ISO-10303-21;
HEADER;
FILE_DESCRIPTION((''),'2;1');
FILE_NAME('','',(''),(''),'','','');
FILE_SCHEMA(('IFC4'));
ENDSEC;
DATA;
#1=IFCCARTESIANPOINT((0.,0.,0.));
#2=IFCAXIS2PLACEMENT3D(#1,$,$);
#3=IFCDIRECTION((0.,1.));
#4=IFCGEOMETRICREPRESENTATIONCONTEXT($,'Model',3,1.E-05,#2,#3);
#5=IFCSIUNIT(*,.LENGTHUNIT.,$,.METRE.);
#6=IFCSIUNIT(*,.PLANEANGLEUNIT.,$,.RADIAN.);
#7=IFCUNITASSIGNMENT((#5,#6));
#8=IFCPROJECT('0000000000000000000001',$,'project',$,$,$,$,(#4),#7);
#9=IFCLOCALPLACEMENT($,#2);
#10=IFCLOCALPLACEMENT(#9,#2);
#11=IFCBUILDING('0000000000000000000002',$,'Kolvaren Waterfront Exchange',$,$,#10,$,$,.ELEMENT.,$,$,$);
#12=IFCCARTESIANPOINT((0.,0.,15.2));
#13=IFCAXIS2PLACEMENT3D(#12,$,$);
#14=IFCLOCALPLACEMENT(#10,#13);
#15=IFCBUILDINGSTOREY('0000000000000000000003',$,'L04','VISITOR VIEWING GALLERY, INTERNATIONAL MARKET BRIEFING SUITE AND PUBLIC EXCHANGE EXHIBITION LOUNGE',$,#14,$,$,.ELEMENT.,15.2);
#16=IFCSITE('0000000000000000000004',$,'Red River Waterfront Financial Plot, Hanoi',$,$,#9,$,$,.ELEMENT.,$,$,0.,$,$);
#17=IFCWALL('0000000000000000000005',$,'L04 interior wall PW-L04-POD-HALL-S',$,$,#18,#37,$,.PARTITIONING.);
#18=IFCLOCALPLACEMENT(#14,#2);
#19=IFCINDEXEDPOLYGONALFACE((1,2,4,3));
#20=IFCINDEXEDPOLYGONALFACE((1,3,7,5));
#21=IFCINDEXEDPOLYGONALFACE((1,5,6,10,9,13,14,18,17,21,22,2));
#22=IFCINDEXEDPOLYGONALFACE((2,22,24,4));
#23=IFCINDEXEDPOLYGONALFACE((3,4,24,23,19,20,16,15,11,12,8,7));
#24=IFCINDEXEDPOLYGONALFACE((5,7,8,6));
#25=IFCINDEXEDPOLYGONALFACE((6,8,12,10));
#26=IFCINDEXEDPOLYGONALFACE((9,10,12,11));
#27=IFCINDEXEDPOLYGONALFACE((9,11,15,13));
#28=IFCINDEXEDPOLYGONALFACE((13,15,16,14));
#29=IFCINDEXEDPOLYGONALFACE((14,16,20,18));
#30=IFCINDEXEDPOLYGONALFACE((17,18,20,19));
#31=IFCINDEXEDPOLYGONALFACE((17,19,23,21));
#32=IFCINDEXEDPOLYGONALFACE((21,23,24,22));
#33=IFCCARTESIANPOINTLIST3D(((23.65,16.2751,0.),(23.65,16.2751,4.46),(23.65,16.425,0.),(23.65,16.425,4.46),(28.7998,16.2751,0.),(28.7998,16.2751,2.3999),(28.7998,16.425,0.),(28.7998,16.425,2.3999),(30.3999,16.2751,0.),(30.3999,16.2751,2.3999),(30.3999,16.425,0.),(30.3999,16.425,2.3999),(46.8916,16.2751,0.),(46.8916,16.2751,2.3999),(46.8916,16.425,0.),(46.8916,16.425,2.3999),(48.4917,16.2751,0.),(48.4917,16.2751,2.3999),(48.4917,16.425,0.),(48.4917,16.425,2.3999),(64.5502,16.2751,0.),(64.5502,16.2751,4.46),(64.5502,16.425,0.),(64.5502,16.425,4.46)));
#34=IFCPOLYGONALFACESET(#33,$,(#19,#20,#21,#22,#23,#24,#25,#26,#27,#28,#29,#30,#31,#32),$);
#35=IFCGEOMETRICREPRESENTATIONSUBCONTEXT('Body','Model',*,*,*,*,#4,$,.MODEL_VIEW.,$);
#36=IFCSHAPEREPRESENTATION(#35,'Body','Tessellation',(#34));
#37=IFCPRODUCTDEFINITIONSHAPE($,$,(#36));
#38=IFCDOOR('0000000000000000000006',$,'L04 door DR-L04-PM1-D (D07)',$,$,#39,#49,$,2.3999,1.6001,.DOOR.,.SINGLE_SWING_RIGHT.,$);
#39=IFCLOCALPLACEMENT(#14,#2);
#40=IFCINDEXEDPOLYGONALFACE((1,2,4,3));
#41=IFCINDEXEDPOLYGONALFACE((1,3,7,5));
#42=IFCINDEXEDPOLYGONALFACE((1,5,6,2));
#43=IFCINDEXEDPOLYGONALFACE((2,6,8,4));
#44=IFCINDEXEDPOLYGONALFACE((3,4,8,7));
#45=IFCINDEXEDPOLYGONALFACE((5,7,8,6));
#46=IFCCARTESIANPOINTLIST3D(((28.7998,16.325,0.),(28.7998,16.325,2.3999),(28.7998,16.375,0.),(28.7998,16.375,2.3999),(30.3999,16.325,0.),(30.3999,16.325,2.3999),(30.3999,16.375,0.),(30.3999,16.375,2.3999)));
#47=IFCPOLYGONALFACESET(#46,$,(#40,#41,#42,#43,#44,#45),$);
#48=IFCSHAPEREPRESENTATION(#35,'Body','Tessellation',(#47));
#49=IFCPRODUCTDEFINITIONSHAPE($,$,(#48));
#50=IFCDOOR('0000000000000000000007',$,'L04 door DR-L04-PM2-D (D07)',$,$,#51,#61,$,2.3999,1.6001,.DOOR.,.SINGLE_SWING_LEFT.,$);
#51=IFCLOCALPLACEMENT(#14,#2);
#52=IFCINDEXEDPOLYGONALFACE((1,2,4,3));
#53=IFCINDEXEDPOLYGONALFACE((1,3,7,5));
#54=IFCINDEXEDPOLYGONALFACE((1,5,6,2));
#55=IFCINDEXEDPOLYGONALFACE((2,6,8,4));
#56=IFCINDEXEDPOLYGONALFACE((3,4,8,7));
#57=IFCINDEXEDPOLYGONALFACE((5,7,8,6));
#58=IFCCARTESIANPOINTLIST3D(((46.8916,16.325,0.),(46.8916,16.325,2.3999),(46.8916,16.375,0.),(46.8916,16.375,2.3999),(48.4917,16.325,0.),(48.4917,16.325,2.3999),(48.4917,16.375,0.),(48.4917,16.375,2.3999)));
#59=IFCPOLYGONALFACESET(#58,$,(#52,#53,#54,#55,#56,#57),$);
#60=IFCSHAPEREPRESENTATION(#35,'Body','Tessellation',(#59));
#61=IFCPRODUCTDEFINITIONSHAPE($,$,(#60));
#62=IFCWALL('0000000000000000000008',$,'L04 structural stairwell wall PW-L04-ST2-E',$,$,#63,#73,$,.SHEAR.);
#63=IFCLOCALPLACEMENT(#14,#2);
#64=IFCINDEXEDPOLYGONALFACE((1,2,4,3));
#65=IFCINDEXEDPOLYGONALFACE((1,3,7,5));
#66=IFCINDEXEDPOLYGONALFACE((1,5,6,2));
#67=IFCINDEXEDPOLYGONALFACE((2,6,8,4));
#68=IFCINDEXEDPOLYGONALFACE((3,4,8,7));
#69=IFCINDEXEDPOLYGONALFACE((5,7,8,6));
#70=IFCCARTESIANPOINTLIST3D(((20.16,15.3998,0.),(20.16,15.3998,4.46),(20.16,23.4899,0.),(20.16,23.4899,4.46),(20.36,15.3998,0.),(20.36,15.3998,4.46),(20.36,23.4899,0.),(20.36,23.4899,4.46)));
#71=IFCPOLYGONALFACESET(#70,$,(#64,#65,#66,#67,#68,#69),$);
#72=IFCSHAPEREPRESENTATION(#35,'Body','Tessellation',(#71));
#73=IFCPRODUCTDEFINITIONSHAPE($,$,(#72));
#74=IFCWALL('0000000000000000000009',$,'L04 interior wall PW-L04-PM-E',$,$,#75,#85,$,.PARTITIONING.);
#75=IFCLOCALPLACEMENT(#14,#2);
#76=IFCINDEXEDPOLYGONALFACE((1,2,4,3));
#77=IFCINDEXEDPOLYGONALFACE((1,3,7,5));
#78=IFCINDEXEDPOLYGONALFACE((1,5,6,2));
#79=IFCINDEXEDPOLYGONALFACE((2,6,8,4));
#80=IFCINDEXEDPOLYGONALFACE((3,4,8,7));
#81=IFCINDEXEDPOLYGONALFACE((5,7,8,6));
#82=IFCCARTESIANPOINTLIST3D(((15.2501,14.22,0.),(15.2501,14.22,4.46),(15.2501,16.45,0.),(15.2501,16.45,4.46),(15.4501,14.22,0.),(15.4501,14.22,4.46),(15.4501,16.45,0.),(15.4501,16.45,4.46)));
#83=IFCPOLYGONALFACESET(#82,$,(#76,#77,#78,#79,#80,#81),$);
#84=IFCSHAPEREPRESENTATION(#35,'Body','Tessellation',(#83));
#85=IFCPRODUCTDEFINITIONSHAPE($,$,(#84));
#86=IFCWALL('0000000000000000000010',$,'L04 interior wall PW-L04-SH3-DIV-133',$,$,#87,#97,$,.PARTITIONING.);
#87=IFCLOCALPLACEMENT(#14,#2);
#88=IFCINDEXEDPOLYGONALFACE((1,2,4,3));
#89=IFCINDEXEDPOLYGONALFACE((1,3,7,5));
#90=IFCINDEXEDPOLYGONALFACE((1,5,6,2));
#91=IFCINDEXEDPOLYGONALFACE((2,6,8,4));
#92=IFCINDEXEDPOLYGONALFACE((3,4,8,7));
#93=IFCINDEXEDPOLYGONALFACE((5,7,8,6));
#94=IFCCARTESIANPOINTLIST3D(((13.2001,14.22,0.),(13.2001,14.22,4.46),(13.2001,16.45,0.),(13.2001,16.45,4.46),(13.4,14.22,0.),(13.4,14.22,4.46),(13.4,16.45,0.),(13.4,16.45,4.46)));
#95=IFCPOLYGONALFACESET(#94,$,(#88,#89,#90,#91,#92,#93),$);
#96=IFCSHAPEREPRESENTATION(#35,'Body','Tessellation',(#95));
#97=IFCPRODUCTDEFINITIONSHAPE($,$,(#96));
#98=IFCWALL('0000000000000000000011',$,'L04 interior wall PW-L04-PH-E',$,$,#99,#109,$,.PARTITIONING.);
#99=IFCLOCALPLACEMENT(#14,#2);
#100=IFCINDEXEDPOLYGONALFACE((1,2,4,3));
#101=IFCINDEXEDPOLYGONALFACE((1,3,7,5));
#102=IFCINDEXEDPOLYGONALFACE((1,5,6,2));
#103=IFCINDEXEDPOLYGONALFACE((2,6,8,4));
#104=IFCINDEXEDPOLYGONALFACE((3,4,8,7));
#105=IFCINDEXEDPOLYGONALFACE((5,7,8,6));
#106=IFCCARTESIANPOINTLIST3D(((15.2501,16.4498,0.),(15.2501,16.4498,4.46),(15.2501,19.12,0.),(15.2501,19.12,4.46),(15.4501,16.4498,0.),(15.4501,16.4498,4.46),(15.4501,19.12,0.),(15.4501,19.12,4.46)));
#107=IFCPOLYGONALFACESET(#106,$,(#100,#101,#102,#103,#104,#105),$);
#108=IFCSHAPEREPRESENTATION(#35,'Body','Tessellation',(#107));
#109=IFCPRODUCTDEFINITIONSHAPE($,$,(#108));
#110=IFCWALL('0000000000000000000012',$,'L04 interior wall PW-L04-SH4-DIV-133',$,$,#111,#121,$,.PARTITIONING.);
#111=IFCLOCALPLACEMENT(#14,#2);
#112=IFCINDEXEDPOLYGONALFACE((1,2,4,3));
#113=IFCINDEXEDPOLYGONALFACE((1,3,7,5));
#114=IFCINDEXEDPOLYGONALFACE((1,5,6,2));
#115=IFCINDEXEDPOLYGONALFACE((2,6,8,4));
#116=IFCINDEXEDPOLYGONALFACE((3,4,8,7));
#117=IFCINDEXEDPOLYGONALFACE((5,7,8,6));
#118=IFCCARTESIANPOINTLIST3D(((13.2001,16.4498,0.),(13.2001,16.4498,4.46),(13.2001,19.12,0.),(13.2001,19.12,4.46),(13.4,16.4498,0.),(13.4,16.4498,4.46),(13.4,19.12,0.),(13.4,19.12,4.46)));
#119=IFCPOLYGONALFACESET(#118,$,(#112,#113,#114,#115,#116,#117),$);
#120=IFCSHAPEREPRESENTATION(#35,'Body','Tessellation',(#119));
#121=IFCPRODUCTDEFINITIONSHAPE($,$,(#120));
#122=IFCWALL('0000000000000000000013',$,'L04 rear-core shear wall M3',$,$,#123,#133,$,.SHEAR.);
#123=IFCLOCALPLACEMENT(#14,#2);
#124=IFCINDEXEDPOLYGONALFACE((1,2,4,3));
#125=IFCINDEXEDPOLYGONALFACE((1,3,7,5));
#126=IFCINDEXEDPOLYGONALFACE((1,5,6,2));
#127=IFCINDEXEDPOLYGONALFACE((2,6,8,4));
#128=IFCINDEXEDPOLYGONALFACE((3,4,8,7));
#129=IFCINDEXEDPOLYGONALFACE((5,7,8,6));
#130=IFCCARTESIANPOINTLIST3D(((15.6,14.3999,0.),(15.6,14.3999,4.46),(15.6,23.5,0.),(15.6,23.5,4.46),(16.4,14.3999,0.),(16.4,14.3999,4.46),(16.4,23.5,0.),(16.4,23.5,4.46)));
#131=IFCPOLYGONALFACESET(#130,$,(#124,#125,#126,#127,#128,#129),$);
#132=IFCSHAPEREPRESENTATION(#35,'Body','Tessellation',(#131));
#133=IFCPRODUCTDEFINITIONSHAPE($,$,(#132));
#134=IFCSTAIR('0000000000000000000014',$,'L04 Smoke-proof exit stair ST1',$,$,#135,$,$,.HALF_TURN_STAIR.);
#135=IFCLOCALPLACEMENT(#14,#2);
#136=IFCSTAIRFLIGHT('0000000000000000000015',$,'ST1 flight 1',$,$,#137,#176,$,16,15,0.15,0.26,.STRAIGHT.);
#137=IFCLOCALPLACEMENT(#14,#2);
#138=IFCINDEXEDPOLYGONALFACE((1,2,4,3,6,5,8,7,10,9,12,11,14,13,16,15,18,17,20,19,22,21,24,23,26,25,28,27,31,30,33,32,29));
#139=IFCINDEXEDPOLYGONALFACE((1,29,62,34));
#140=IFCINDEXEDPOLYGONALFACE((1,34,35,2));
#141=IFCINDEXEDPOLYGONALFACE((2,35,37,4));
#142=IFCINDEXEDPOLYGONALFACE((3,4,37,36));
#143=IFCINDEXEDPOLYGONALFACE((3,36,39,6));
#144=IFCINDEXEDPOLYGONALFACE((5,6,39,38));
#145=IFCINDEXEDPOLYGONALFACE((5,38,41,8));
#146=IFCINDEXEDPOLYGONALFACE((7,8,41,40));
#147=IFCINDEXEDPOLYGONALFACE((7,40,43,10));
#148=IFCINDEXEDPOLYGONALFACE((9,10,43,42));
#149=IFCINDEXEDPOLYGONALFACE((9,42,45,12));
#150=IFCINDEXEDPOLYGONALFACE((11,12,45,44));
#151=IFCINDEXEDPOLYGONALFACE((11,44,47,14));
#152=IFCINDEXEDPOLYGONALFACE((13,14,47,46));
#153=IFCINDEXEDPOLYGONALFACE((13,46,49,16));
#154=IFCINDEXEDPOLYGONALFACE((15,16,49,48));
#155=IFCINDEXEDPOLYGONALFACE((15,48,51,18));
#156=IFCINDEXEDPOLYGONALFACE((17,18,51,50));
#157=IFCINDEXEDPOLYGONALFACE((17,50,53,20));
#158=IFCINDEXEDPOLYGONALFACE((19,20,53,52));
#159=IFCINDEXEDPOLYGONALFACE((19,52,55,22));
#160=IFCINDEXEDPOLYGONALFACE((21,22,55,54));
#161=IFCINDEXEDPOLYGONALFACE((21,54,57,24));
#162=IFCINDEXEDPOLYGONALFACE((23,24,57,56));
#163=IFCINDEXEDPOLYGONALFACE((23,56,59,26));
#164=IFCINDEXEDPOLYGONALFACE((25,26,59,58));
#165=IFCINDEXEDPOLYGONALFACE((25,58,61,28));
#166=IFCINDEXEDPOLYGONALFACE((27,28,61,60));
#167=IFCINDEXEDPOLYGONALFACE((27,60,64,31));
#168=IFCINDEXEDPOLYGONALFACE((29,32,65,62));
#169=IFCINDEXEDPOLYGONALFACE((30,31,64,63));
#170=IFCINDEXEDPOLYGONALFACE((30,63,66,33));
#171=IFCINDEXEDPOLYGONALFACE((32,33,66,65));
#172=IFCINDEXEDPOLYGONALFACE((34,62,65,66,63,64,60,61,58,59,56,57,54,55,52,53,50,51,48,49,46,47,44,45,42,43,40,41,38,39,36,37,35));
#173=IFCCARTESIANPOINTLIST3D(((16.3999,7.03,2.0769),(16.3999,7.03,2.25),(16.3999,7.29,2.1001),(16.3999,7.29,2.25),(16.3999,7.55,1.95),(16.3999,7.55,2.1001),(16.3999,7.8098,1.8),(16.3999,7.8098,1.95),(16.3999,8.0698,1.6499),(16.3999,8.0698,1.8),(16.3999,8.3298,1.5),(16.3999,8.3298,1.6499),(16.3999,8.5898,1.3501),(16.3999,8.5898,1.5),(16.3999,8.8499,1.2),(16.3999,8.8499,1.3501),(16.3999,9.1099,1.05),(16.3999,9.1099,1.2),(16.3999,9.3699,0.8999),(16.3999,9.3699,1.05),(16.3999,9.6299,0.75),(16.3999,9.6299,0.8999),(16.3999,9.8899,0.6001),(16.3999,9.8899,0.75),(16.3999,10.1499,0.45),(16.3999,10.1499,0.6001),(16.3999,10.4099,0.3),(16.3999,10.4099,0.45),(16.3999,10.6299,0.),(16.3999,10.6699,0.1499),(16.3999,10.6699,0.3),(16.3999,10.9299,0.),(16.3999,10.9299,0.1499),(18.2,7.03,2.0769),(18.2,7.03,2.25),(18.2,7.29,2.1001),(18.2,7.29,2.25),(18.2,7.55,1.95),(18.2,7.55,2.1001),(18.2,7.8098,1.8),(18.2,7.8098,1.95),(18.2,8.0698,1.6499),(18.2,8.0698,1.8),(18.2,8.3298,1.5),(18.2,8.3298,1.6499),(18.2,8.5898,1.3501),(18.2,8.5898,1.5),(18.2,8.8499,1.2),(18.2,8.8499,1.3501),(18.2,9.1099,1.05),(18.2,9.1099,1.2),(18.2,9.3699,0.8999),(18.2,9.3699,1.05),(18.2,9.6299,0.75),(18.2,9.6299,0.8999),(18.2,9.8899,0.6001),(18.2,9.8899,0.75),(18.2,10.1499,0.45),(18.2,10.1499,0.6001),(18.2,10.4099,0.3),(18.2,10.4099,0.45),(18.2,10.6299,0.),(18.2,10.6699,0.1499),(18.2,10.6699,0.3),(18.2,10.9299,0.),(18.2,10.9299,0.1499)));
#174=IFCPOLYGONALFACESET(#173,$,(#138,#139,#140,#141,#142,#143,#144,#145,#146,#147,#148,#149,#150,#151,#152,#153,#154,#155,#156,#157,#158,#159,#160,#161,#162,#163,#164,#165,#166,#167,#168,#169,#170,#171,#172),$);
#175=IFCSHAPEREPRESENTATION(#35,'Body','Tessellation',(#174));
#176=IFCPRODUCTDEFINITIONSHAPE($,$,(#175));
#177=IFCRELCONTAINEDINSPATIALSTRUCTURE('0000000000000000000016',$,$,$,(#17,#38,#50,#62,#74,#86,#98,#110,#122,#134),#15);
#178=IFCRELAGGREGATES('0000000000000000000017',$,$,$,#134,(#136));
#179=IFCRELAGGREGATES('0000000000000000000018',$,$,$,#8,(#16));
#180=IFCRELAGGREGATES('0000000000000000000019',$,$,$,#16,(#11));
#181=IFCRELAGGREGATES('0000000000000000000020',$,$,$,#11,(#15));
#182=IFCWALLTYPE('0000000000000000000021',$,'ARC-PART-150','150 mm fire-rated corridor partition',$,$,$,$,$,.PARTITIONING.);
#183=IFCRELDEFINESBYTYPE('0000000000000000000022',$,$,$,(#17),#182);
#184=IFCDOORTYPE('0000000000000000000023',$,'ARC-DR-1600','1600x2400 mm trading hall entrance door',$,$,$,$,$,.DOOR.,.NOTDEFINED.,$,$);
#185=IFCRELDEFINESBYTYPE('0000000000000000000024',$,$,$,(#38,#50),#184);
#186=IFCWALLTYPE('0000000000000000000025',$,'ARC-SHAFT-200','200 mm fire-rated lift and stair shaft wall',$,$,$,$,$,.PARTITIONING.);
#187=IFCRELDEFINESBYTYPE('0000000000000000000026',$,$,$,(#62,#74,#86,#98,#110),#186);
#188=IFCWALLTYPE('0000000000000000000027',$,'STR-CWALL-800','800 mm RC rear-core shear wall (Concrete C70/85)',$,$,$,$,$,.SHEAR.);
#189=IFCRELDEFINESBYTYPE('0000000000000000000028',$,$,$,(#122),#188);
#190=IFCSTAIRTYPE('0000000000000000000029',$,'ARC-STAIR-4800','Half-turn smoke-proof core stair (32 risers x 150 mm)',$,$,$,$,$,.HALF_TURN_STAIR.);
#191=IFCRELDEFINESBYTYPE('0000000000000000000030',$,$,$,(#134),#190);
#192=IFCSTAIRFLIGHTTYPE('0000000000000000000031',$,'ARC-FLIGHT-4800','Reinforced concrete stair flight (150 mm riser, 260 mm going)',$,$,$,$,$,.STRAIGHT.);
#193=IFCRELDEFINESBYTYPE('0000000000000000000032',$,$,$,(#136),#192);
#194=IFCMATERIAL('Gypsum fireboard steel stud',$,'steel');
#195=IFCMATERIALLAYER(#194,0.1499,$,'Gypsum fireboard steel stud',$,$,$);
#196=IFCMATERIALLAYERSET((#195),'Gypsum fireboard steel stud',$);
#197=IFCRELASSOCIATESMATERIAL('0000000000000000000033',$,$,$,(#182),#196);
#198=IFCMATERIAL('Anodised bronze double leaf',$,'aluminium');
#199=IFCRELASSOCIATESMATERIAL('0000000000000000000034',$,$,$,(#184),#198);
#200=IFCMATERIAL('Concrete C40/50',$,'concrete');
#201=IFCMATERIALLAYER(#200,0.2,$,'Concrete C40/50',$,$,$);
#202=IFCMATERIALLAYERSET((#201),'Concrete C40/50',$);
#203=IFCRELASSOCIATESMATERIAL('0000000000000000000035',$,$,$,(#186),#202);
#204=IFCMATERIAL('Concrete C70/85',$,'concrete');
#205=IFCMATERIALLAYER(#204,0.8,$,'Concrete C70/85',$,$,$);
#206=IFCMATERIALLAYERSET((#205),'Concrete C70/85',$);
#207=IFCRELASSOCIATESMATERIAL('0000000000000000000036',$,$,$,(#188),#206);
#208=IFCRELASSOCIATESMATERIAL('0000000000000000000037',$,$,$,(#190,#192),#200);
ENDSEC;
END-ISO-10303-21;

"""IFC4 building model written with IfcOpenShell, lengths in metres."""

from ifc_helpers import new_model, si_unit, direction, frame, frame_2d, origin, place, context, subcontext, project, spatial, polyline, rectangle, outline, extrude, material, layer, layer_set, type_object, element, fill, aggregate, save


model = new_model("IFC4")

# Units and contexts
model_context = context("Model", 3, precision=1e-05, world=origin(), true_north=direction((0.0, 1.0)))
body_context = subcontext(model_context, "Body", "Model", "MODEL_VIEW")
ifc_project = project(units=[si_unit("LENGTHUNIT", "METRE"), si_unit("PLANEANGLEUNIT", "RADIAN")], contexts=[model_context])

# Site, building, storey
site_placement = place(None, origin())
site = spatial("IfcSite", under=ifc_project, at=site_placement, Name="Red River Waterfront Financial Plot, Hanoi", CompositionType="ELEMENT", RefElevation=0.0)
building_placement = place(site_placement, origin())
building = spatial("IfcBuilding", under=site, at=building_placement, Name="Kolvaren Waterfront Exchange", CompositionType="ELEMENT")
storey_placement = place(building_placement, frame((0.0, 0.0, 15.2)))
storey = spatial("IfcBuildingStorey", under=building, at=storey_placement, Name="L04", Description="VISITOR VIEWING GALLERY, INTERNATIONAL MARKET BRIEFING SUITE AND PUBLIC EXCHANGE EXHIBITION LOUNGE", CompositionType="ELEMENT", Elevation=15.2)

# Shared definitions
ifc_material_1 = material(Name="Concrete C70/85", Category="concrete")

# Wall, openings, doors
ifc_material_2 = material(Name="Gypsum fireboard steel stud", Category="steel")
ifc_layer_1 = layer(ifc_material_2, 0.1499, Name="Gypsum fireboard steel stud")
ifc_layer_set_1 = layer_set([ifc_layer_1], Name="Gypsum fireboard steel stud")
wall_type_1 = type_object("IfcWallType", Name="ARC-PART-150", Description="150 mm fire-rated corridor partition", PredefinedType="PARTITIONING", material=ifc_layer_set_1)
wall_1_placement = place(storey_placement, frame((23.6499, 16.3501, 0.0), z_axis=(0.0, 0.0, 1.0), x_axis=(1.0, 0.0, 0.0)))
wall_1 = element("IfcWall", 1, at=wall_1_placement, inside=storey, type_object=wall_type_1, Name="L04 interior wall PW-L04-POD-HALL-S", PredefinedType="PARTITIONING", context=body_context, shape_type="SweptSolid", body=[
    extrude(rectangle(XDim=40.9001, YDim=0.1499, at=frame_2d((20.4502, 0.0))), origin(), (0.0, 0.0, 1.0), 4.46),
])
opening_1_placement = place(wall_1_placement, frame((5.1499, 0.0, 0.0)))
opening_1 = element("IfcOpeningElement", 2, at=opening_1_placement, cuts=wall_1, PredefinedType="OPENING", context=body_context, shape_type="SweptSolid", body=[
    extrude(rectangle(XDim=1.6001, YDim=2.3999, at=frame_2d((0.8, 1.2))), frame((0.0, 0.085, 0.0), z_axis=(0.0, -1.0, 0.0), x_axis=(1.0, 0.0, 0.0)), (0.0, 0.0, 1.0), 0.1699),
])
opening_2_placement = place(wall_1_placement, frame((23.2417, 0.0, 0.0)))
opening_2 = element("IfcOpeningElement", 3, at=opening_2_placement, cuts=wall_1, PredefinedType="OPENING", context=body_context, shape_type="SweptSolid", body=[
    extrude(rectangle(XDim=1.6001, YDim=2.3999, at=frame_2d((0.8, 1.2))), frame((0.0, 0.085, 0.0), z_axis=(0.0, -1.0, 0.0), x_axis=(1.0, 0.0, 0.0)), (0.0, 0.0, 1.0), 0.1699),
])
ifc_material_3 = material(Name="Anodised bronze double leaf", Category="aluminium")
door_type_1 = type_object("IfcDoorType", Name="ARC-DR-1600", Description="1600x2400 mm trading hall entrance door", OperationType="NOTDEFINED", PredefinedType="DOOR", material=ifc_material_3)
door_1_placement = place(opening_1_placement, origin())
door_1 = element("IfcDoor", 4, at=door_1_placement, inside=storey, type_object=door_type_1, Name="L04 door DR-L04-PM1-D (D07)", OperationType="SINGLE_SWING_RIGHT", OverallHeight=2.3999, OverallWidth=1.6001, PredefinedType="DOOR", context=body_context, shape_type="SweptSolid", body=[
    extrude(rectangle(XDim=1.6001, YDim=2.3999, at=frame_2d((0.8, 1.2))), frame((0.0, 0.0249, 0.0), z_axis=(0.0, -1.0, 0.0), x_axis=(1.0, 0.0, 0.0)), (0.0, 0.0, 1.0), 0.05),
])
fill(opening_1, door_1)
door_2_placement = place(opening_2_placement, origin())
door_2 = element("IfcDoor", 5, at=door_2_placement, inside=storey, type_object=door_type_1, Name="L04 door DR-L04-PM2-D (D07)", OperationType="SINGLE_SWING_LEFT", OverallHeight=2.3999, OverallWidth=1.6001, PredefinedType="DOOR", context=body_context, shape_type="SweptSolid", body=[
    extrude(rectangle(XDim=1.6001, YDim=2.3999, at=frame_2d((0.8, 1.2))), frame((0.0, 0.0249, 0.0), z_axis=(0.0, -1.0, 0.0), x_axis=(1.0, 0.0, 0.0)), (0.0, 0.0, 1.0), 0.05),
])
fill(opening_2, door_2)

# Walls
ifc_material_4 = material(Name="Concrete C40/50", Category="concrete")
ifc_layer_2 = layer(ifc_material_4, 0.2, Name="Concrete C40/50")
ifc_layer_set_2 = layer_set([ifc_layer_2], Name="Concrete C40/50")
wall_type_2 = type_object("IfcWallType", Name="ARC-SHAFT-200", Description="200 mm fire-rated lift and stair shaft wall", PredefinedType="PARTITIONING", material=ifc_layer_set_2)
wall_2_placement = place(storey_placement, frame((20.26, 15.3999, 0.0), z_axis=(0.0, 0.0, 1.0), x_axis=(0.0, 1.0, 0.0)))
element("IfcWall", 6, at=wall_2_placement, inside=storey, type_object=wall_type_2, Name="L04 structural stairwell wall PW-L04-ST2-E", PredefinedType="SHEAR", context=body_context, shape_type="SweptSolid", body=[
    extrude(rectangle(XDim=8.0901, YDim=0.2, at=frame_2d((4.0449, 0.0))), origin(), (0.0, 0.0, 1.0), 4.46),
])
for number, where, z_axis, x_axis, name in (
    (7, (15.3501, 14.22, 0.0), (0.0, 0.0, 1.0), (0.0, 1.0, 0.0), "L04 interior wall PW-L04-PM-E"),
    (8, (13.3, 14.22, 0.0), (0.0, 0.0, 1.0), (0.0, 1.0, 0.0), "L04 interior wall PW-L04-SH3-DIV-133"),
):
    element("IfcWall", number, at=place(storey_placement, frame(where, z_axis=z_axis, x_axis=x_axis)), inside=storey, type_object=wall_type_2, Name=name, PredefinedType="PARTITIONING", context=body_context, shape_type="SweptSolid", body=[
        extrude(rectangle(XDim=2.23, YDim=0.2, at=frame_2d((1.115, 0.0))), origin(), (0.0, 0.0, 1.0), 4.46),
    ])
for number, where, z_axis, x_axis, name in (
    (9, (15.3501, 16.45, 0.0), (0.0, 0.0, 1.0), (0.0, 1.0, 0.0), "L04 interior wall PW-L04-PH-E"),
    (10, (13.3, 16.45, 0.0), (0.0, 0.0, 1.0), (0.0, 1.0, 0.0), "L04 interior wall PW-L04-SH4-DIV-133"),
):
    element("IfcWall", number, at=place(storey_placement, frame(where, z_axis=z_axis, x_axis=x_axis)), inside=storey, type_object=wall_type_2, Name=name, PredefinedType="PARTITIONING", context=body_context, shape_type="SweptSolid", body=[
        extrude(rectangle(XDim=2.6702, YDim=0.2, at=frame_2d((1.335, 0.0))), origin(), (0.0, 0.0, 1.0), 4.46),
    ])
ifc_layer_3 = layer(ifc_material_1, 0.8, Name="Concrete C70/85")
ifc_layer_set_3 = layer_set([ifc_layer_3], Name="Concrete C70/85")
wall_type_3 = type_object("IfcWallType", Name="STR-CWALL-800", Description="800 mm RC rear-core shear wall (Concrete C70/85)", PredefinedType="SHEAR", material=ifc_layer_set_3)
wall_3_placement = place(storey_placement, frame((16.0, 14.3999, 0.0), z_axis=(0.0, 0.0, 1.0), x_axis=(0.0, 1.0, 0.0)))
element("IfcWall", 11, at=wall_3_placement, inside=storey, type_object=wall_type_3, Name="L04 rear-core shear wall M3", PredefinedType="SHEAR", context=body_context, shape_type="SweptSolid", body=[
    extrude(rectangle(XDim=9.1001, YDim=0.8, at=frame_2d((4.55, 0.0))), origin(), (0.0, 0.0, 1.0), 4.46),
])

# Stair, stair flight
stair_type = type_object("IfcStairType", Name="ARC-STAIR-4800", Description="Half-turn smoke-proof core stair (32 risers x 150 mm)", PredefinedType="HALF_TURN_STAIR", material=ifc_material_4)
stair_placement = place(storey_placement, origin())
stair = element("IfcStair", 12, at=stair_placement, inside=storey, type_object=stair_type, Name="L04 Smoke-proof exit stair ST1", PredefinedType="HALF_TURN_STAIR")
stair_flight_type = type_object("IfcStairFlightType", Name="ARC-FLIGHT-4800", Description="Reinforced concrete stair flight (150 mm riser, 260 mm going)", PredefinedType="STRAIGHT", material=ifc_material_4)
stair_flight_placement = place(storey_placement, frame((17.3, 10.9299, 0.0), z_axis=(0.0, 0.0, 1.0), x_axis=(0.0, -1.0, 0.0)))
stair_flight = element("IfcStairFlight", 13, at=stair_flight_placement, type_object=stair_flight_type, Name="ST1 flight 1", NumberOfRisers=16, NumberOfTreads=15, PredefinedType="STRAIGHT", RiserHeight=0.15, TreadLength=0.26, context=body_context, shape_type="SweptSolid", body=[
    extrude(outline(polyline([(0.0, 0.0), (0.0, 0.1499), (0.26, 0.1499), (0.26, 0.3), (0.52, 0.3), (0.52, 0.45), (0.78, 0.45), (0.78, 0.6001), (1.04, 0.6001), (1.04, 0.75), (1.3, 0.75), (1.3, 0.8999), (1.5601, 0.8999), (1.5601, 1.05), (1.8201, 1.05), (1.8201, 1.2), (2.0801, 1.2), (2.0801, 1.3501), (2.3401, 1.3501), (2.3401, 1.5), (2.6001, 1.5), (2.6001, 1.6499), (2.8601, 1.6499), (2.8601, 1.8), (3.1201, 1.8), (3.1201, 1.95), (3.3799, 1.95), (3.3799, 2.1001), (3.6399, 2.1001), (3.6399, 2.25), (3.8999, 2.25), (3.8999, 2.3999), (3.8999, 2.0769), (0.3, 0.0), (0.0, 0.0)])), frame((0.0, 0.8999, 0.0), z_axis=(0.0, -1.0, 0.0), x_axis=(1.0, 0.0, 0.0)), (0.0, 0.0, 1.0), 1.8),
])
aggregate(stair, [stair_flight])

save(model, "model.ifc")
